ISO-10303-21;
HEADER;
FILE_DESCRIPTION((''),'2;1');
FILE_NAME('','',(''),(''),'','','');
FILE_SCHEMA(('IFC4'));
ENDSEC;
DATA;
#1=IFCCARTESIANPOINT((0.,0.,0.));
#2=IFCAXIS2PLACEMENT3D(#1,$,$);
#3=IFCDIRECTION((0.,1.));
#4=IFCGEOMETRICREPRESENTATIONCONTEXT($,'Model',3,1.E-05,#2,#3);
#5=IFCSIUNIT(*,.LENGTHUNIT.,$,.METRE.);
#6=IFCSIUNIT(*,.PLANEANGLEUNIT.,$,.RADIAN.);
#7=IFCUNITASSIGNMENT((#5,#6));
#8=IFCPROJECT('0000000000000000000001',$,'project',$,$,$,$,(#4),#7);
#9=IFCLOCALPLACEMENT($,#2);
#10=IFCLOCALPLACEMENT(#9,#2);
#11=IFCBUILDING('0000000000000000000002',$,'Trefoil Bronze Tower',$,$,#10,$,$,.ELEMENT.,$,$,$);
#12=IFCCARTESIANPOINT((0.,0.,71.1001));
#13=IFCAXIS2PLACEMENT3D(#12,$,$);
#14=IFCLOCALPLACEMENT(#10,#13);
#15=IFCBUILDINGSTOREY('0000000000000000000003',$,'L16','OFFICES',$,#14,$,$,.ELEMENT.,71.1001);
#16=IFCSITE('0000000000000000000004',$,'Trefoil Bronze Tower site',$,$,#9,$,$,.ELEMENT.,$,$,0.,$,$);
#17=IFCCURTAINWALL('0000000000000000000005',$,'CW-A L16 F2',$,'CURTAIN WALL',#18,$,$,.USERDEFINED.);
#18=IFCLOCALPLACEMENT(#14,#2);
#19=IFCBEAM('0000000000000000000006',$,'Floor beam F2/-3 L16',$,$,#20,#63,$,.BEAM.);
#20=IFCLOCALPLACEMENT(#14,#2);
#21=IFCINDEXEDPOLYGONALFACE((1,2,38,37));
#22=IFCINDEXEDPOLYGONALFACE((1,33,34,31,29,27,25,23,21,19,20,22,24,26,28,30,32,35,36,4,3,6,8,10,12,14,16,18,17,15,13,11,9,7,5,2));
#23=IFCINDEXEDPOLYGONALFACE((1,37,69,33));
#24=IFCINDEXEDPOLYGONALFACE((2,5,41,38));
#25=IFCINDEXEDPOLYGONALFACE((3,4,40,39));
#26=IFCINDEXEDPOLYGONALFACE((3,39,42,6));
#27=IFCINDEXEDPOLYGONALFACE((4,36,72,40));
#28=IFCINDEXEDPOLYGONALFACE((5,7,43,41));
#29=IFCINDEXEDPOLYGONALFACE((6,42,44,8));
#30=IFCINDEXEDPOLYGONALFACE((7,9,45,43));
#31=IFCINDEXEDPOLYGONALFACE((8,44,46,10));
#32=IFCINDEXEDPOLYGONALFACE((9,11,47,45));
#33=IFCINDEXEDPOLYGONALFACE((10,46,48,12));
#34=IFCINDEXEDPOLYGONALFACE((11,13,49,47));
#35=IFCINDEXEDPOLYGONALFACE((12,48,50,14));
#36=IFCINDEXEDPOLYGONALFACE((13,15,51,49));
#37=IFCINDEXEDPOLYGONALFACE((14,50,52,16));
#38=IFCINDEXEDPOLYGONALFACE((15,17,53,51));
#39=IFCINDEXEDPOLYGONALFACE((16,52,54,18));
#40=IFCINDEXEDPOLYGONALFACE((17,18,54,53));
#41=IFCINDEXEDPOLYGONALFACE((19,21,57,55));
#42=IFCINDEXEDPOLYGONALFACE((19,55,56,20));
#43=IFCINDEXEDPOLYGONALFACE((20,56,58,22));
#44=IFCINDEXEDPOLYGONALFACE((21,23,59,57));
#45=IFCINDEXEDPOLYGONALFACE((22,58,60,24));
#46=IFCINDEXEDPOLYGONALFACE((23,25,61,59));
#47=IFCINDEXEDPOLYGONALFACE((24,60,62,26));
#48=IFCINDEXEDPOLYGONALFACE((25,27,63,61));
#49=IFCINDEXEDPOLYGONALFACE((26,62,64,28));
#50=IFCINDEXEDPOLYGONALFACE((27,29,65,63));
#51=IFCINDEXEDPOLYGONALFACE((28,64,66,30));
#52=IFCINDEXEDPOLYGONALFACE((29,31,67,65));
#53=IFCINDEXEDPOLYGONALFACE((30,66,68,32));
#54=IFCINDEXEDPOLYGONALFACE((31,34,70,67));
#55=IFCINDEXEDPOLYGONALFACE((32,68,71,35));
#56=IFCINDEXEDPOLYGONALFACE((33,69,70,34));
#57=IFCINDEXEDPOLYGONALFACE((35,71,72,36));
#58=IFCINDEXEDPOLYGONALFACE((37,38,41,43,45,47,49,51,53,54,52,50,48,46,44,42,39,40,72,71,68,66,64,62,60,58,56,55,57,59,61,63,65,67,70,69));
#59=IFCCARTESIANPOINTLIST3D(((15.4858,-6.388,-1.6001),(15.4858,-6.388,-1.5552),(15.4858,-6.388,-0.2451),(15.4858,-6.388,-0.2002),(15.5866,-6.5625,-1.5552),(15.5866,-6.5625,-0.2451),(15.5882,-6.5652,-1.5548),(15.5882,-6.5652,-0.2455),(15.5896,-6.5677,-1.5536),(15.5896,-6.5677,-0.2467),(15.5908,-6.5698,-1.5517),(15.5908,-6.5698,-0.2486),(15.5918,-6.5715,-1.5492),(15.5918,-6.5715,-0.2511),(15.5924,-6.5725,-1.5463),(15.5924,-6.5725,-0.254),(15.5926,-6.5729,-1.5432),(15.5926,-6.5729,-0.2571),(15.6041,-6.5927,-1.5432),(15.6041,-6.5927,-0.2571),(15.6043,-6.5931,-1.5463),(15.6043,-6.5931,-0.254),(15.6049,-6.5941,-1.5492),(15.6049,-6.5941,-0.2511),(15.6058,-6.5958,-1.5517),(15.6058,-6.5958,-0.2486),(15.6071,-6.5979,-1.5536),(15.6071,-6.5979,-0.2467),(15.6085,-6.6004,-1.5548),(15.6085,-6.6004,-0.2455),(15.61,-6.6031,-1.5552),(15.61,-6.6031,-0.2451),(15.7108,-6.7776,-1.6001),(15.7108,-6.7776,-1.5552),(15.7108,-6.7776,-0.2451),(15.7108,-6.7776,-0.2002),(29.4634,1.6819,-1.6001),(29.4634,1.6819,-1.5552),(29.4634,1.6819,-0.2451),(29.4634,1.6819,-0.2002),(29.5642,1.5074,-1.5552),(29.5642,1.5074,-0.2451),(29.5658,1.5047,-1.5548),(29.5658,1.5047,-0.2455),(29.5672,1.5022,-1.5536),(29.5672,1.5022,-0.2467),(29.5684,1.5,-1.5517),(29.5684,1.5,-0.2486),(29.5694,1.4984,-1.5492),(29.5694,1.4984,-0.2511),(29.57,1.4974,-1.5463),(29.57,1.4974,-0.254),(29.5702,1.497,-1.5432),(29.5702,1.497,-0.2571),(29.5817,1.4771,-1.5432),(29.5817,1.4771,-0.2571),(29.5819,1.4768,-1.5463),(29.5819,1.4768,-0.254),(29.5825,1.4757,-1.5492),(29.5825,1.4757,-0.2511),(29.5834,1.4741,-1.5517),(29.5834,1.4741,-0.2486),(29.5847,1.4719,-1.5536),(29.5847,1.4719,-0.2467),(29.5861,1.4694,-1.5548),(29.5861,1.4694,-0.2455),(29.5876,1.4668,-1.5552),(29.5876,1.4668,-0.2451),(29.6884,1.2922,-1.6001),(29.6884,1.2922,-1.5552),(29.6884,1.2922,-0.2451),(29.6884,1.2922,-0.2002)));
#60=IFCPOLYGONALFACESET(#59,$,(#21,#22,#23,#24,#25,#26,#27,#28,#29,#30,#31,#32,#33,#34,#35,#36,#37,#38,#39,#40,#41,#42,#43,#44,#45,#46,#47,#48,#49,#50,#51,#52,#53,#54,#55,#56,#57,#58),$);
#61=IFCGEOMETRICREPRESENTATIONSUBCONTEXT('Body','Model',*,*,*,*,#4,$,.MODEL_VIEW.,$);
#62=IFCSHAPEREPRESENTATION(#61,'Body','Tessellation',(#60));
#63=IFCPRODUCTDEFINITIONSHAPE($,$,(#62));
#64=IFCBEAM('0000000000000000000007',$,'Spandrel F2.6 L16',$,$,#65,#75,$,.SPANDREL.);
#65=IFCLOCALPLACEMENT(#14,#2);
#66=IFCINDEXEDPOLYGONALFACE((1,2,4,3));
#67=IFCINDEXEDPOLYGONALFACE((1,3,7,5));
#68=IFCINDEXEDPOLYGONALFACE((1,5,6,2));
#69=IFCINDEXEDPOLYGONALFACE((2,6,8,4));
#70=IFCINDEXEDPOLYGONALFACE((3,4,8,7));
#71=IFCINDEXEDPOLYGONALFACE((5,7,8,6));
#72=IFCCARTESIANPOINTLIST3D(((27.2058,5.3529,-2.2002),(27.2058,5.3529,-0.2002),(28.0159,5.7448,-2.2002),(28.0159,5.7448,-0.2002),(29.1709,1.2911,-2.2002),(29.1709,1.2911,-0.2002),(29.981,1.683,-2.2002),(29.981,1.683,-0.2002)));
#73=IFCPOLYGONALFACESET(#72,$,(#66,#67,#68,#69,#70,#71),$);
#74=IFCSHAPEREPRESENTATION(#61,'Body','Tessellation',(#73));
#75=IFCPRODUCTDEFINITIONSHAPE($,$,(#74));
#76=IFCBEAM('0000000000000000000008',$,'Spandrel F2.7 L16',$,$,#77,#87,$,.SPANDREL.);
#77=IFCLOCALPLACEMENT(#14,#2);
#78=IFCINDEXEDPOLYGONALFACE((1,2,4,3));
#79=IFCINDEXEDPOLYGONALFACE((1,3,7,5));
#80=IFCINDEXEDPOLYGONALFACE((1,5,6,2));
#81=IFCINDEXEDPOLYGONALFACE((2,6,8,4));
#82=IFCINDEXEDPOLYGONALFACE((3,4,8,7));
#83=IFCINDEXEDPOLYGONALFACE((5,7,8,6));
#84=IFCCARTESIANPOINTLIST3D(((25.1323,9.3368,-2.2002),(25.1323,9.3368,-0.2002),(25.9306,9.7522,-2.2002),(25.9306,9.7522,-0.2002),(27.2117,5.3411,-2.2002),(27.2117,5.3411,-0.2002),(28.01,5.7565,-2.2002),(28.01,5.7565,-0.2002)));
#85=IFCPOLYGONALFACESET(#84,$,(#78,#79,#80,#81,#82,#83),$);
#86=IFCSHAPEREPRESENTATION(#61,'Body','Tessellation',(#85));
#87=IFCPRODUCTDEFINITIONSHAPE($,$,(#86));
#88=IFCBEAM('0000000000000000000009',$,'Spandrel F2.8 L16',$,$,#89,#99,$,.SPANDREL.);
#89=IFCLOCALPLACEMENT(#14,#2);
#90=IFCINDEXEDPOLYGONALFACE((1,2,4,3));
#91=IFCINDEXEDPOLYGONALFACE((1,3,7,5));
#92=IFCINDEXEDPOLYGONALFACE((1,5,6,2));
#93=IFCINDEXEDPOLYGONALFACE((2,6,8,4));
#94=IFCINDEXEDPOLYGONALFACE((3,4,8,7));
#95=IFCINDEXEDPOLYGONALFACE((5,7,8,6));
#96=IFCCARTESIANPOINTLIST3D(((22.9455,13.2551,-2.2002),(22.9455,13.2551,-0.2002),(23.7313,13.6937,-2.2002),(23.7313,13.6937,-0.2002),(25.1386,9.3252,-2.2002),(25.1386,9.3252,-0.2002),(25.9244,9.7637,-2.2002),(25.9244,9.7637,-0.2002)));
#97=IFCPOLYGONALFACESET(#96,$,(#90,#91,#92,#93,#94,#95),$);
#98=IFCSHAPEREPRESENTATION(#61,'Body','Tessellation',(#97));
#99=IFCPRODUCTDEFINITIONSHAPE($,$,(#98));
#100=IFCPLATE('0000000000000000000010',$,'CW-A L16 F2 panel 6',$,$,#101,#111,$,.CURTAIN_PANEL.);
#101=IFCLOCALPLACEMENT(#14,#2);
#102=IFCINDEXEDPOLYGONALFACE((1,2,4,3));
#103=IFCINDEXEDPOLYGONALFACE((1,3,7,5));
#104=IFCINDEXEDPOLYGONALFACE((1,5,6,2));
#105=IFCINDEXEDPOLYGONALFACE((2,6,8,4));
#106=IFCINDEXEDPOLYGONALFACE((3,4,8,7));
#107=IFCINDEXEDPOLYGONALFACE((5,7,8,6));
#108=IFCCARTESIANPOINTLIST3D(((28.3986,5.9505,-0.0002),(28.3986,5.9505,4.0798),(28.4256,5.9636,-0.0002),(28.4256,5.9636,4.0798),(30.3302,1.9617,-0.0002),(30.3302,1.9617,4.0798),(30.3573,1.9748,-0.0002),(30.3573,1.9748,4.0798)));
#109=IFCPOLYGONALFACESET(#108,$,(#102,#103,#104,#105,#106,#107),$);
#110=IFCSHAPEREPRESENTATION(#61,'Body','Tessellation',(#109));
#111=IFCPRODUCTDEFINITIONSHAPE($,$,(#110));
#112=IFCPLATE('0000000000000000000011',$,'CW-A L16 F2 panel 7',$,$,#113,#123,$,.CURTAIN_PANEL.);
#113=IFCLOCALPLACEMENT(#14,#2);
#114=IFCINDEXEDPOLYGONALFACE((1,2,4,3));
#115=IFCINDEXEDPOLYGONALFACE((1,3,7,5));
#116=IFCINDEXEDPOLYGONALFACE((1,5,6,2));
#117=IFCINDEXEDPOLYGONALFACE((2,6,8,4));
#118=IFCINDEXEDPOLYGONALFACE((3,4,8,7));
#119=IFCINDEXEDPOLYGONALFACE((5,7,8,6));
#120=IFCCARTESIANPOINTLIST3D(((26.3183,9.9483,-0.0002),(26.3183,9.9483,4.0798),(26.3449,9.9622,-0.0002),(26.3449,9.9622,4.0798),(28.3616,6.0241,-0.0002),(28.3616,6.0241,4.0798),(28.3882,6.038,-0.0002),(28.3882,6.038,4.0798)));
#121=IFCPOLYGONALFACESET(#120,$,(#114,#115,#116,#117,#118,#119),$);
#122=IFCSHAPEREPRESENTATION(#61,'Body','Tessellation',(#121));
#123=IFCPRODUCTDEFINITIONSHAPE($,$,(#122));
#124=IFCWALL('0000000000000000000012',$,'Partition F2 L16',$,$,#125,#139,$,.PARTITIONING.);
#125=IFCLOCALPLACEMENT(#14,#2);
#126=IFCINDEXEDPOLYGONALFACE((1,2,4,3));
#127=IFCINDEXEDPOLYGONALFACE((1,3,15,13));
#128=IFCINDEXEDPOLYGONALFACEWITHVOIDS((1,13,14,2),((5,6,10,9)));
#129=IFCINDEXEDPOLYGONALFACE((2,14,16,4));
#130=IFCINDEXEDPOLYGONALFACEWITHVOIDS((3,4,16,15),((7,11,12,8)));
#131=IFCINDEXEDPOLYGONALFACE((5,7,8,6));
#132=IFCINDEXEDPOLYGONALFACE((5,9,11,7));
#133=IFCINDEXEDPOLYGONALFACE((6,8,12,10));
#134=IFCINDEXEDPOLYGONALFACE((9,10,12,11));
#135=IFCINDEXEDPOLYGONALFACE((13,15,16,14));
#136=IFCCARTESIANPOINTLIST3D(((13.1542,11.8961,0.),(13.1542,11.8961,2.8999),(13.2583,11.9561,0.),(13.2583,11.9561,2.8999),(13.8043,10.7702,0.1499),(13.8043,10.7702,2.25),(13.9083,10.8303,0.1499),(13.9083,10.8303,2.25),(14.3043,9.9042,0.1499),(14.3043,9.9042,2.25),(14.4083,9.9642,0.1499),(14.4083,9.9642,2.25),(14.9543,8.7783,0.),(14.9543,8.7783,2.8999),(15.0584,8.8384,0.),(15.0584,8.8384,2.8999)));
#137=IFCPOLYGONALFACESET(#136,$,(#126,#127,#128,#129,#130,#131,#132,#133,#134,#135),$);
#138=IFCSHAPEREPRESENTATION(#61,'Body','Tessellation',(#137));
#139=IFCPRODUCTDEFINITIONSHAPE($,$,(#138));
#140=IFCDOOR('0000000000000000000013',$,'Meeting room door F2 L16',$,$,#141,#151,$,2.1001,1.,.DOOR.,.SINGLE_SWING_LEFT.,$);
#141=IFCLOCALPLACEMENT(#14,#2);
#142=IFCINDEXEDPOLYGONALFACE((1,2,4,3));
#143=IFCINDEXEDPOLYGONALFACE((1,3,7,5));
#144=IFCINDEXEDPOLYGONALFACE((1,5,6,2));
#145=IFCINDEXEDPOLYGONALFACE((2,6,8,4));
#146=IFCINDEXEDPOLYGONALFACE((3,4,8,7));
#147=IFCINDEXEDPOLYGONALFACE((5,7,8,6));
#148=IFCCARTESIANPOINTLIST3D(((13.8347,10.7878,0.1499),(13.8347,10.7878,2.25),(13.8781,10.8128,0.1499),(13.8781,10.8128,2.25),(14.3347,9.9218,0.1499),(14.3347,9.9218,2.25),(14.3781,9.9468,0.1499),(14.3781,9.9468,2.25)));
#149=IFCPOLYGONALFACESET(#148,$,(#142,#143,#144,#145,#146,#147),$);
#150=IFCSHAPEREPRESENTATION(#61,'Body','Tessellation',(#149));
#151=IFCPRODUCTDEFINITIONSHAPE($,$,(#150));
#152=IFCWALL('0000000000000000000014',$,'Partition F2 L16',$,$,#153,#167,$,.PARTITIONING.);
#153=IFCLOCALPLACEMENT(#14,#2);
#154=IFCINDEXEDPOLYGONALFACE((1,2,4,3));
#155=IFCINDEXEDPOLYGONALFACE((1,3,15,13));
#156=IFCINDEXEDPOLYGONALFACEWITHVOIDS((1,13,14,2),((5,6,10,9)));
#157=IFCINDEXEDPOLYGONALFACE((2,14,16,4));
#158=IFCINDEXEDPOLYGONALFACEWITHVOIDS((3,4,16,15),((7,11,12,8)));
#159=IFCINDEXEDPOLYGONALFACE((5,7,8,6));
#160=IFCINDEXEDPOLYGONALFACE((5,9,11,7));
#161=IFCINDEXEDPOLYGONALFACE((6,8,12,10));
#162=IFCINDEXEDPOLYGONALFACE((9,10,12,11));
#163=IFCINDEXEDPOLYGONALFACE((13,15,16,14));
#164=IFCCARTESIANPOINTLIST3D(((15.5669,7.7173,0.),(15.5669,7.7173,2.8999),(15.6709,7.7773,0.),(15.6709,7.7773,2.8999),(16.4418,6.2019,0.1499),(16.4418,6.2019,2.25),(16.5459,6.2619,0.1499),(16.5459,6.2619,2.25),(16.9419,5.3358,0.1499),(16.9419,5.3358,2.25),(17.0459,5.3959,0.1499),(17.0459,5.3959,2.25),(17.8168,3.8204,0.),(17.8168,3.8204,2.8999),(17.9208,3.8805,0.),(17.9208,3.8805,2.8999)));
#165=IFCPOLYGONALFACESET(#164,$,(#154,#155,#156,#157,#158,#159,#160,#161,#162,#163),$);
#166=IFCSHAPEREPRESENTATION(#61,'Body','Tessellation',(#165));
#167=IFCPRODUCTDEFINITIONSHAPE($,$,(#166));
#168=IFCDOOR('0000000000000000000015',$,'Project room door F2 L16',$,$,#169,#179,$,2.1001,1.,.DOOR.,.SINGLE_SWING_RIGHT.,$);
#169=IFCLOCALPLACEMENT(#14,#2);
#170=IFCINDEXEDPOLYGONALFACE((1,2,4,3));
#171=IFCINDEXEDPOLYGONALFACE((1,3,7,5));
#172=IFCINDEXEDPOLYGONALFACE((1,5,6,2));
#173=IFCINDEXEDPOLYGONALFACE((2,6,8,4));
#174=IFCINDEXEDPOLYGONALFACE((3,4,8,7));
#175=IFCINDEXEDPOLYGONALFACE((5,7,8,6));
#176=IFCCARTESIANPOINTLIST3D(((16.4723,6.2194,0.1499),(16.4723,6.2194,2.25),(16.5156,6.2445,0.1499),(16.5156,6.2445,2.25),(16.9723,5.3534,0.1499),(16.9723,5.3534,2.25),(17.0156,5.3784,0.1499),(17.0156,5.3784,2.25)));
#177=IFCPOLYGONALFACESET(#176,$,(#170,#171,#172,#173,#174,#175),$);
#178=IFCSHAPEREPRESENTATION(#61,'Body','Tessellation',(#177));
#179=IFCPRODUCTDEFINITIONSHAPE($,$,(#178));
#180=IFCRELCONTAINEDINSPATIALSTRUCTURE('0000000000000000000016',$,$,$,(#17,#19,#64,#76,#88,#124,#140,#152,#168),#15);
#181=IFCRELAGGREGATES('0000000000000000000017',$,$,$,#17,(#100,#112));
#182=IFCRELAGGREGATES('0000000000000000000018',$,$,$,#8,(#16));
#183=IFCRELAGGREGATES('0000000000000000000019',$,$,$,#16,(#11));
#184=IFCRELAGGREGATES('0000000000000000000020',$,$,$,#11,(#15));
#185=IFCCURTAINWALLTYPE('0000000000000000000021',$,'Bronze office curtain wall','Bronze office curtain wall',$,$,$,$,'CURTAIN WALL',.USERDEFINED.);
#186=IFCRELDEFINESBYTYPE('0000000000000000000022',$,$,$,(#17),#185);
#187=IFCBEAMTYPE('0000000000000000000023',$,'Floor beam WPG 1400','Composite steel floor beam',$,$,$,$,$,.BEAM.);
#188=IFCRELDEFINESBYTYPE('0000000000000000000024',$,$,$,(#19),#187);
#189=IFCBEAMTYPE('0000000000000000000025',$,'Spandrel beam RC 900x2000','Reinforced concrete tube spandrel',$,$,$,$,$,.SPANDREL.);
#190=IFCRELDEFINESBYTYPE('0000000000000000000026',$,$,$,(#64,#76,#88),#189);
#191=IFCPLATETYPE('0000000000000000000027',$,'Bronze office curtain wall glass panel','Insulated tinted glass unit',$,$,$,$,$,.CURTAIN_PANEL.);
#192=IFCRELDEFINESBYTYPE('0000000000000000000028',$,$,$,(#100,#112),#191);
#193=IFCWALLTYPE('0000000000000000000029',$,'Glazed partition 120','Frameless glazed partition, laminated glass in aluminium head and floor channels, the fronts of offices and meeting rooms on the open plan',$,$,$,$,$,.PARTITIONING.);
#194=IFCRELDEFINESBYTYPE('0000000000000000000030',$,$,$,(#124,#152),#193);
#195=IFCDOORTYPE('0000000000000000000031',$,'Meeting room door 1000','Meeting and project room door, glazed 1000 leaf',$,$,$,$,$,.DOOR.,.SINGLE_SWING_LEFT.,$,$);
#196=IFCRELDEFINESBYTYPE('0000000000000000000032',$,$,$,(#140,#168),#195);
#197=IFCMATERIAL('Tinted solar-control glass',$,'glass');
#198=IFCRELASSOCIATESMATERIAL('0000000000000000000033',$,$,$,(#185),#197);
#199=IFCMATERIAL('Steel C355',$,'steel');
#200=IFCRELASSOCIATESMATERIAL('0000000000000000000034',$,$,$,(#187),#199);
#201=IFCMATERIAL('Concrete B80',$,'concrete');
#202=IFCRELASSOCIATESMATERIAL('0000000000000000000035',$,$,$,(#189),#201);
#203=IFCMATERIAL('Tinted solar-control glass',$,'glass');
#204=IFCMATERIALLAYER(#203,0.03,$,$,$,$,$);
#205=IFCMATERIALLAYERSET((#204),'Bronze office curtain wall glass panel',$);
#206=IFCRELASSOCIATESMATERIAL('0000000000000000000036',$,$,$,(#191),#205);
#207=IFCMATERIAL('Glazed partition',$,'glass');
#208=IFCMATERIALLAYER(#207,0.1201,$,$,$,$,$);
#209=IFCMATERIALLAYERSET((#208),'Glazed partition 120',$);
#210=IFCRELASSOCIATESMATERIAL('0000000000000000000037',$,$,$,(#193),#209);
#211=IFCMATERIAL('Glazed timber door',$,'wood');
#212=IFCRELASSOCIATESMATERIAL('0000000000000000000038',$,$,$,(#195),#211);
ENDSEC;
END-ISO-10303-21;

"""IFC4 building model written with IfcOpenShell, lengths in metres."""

from ifc_helpers import new_model, si_unit, direction, frame, frame_2d, origin, origin_2d, place, context, subcontext, project, spatial, rectangle, i_section, extrude, material, layer, layer_set, material_profile, profile_set, type_object, element, fill, aggregate, save


model = new_model("IFC4")

# Units and contexts
model_context = context("Model", 3, precision=1e-05, world=origin(), true_north=direction((0.0, 1.0)))
body_context = subcontext(model_context, "Body", "Model", "MODEL_VIEW")
ifc_project = project(units=[si_unit("LENGTHUNIT", "METRE"), si_unit("PLANEANGLEUNIT", "RADIAN")], contexts=[model_context])

# Site, building, storey
site_placement = place(None, origin())
site = spatial("IfcSite", under=ifc_project, at=site_placement, Name="Trefoil Bronze Tower site", CompositionType="ELEMENT", RefElevation=0.0)
building_placement = place(site_placement, origin())
building = spatial("IfcBuilding", under=site, at=building_placement, Name="Trefoil Bronze Tower", CompositionType="ELEMENT")
storey_placement = place(building_placement, frame((0.0, 0.0, 71.1001)))
storey = spatial("IfcBuildingStorey", under=building, at=storey_placement, Name="L16", Description="OFFICES", CompositionType="ELEMENT", Elevation=71.1001)

# Curtain wall
ifc_material_1 = material(Name="Tinted solar-control glass", Category="glass")
curtain_wall_type = type_object("IfcCurtainWallType", Name="Bronze office curtain wall", Description="Bronze office curtain wall", ElementType="CURTAIN WALL", PredefinedType="USERDEFINED", material=ifc_material_1)
curtain_wall_placement = place(storey_placement, origin())
curtain_wall = element("IfcCurtainWall", 1, at=curtain_wall_placement, inside=storey, type_object=curtain_wall_type, Name="CW-A L16 F2", ObjectType="CURTAIN WALL", PredefinedType="USERDEFINED")

# Beams
ifc_material_2 = material(Name="Steel C355", Category="steel")
ifc_material_profile_1 = material_profile(ifc_material_2, i_section(OverallWidth=0.45, OverallDepth=1.3999, WebThickness=0.0229, FlangeThickness=0.0449, FilletRadius=0.012, at=origin_2d()), Name="WPG 1400")
ifc_profile_set_1 = profile_set([ifc_material_profile_1], Name="Steel C355")
beam_type_1 = type_object("IfcBeamType", Name="Floor beam WPG 1400", Description="Composite steel floor beam", PredefinedType="BEAM", material=ifc_profile_set_1)
beam_1_placement = place(storey_placement, frame((29.5759, 1.4871, -0.9001), z_axis=(-0.866028, -0.499995, 0.0), x_axis=(0.499995, -0.866028, 0.0)))
element("IfcBeam", 2, at=beam_1_placement, inside=storey, type_object=beam_type_1, Name="Floor beam F2/-3 L16", PredefinedType="BEAM", context=body_context, shape_type="SweptSolid", body=[
    extrude(i_section(OverallWidth=0.45, OverallDepth=1.3999, WebThickness=0.0229, FlangeThickness=0.0449, FilletRadius=0.012, at=origin_2d()), origin(), (0.0, 0.0, 1.0), 16.1399),
])
ifc_material_3 = material(Name="Concrete B80", Category="concrete")
ifc_material_profile_2 = material_profile(ifc_material_3, rectangle(XDim=0.8999, YDim=2.0, at=origin_2d()), Name="RC 900x2000")
ifc_profile_set_2 = profile_set([ifc_material_profile_2], Name="Concrete B80")
beam_type_2 = type_object("IfcBeamType", Name="Spandrel beam RC 900x2000", Description="Reinforced concrete tube spandrel", PredefinedType="SPANDREL", material=ifc_profile_set_2)
beam_2_placement = place(storey_placement, frame((29.5759, 1.4871, -1.2002), z_axis=(-0.43551, 0.900184, 0.0), x_axis=(-0.900184, -0.43551, 0.0)))
element("IfcBeam", 3, at=beam_2_placement, inside=storey, type_object=beam_type_2, Name="Spandrel F2.6 L16", PredefinedType="SPANDREL", context=body_context, shape_type="SweptSolid", body=[
    extrude(rectangle(XDim=0.8999, YDim=2.0, at=origin_2d()), origin(), (0.0, 0.0, 1.0), 4.5122),
])
beam_3_placement = place(storey_placement, frame((27.6108, 5.5488, -1.2002), z_axis=(-0.461638, 0.887069, 0.0), x_axis=(-0.887069, -0.461638, 0.0)))
element("IfcBeam", 4, at=beam_3_placement, inside=storey, type_object=beam_type_2, Name="Spandrel F2.7 L16", PredefinedType="SPANDREL", context=body_context, shape_type="SweptSolid", body=[
    extrude(rectangle(XDim=0.8999, YDim=2.0, at=origin_2d()), origin(), (0.0, 0.0, 1.0), 4.5044),
])
beam_4_placement = place(storey_placement, frame((25.5315, 9.5444, -1.2002), z_axis=(-0.487309, 0.873229, 0.0), x_axis=(-0.873229, -0.487309, 0.0)))
element("IfcBeam", 5, at=beam_4_placement, inside=storey, type_object=beam_type_2, Name="Spandrel F2.8 L16", PredefinedType="SPANDREL", context=body_context, shape_type="SweptSolid", body=[
    extrude(rectangle(XDim=0.8999, YDim=2.0, at=origin_2d()), origin(), (0.0, 0.0, 1.0), 4.5005),
])

# Plates
ifc_material_4 = material(Name="Tinted solar-control glass", Category="glass")
ifc_layer_1 = layer(ifc_material_4, 0.03)
ifc_layer_set_1 = layer_set([ifc_layer_1], Name="Bronze office curtain wall glass panel")
plate_type = type_object("IfcPlateType", Name="Bronze office curtain wall glass panel", Description="Insulated tinted glass unit", PredefinedType="CURTAIN_PANEL", material=ifc_layer_set_1)
plate_1_placement = place(storey_placement, frame((29.3779, 3.9626, -0.0002), z_axis=(0.0, 0.0, 1.0), x_axis=(-0.435855, 0.900017, 0.0)))
plate_1 = element("IfcPlate", 6, at=plate_1_placement, type_object=plate_type, Name="CW-A L16 F2 panel 6", PredefinedType="CURTAIN_PANEL", context=body_context, shape_type="SweptSolid", body=[
    extrude(rectangle(XDim=4.4319, YDim=0.03, at=origin_2d()), origin(), (0.0, 0.0, 1.0), 4.0801),
])
plate_2_placement = place(storey_placement, frame((27.3533, 7.9932, -0.0002), z_axis=(0.0, 0.0, 1.0), x_axis=(-0.46183, 0.886969, 0.0)))
plate_2 = element("IfcPlate", 7, at=plate_2_placement, type_object=plate_type, Name="CW-A L16 F2 panel 7", PredefinedType="CURTAIN_PANEL", context=body_context, shape_type="SweptSolid", body=[
    extrude(rectangle(XDim=4.4243, YDim=0.03, at=origin_2d()), origin(), (0.0, 0.0, 1.0), 4.0801),
])
aggregate(curtain_wall, [plate_1, plate_2])

# Walls, openings, doors
ifc_material_5 = material(Name="Glazed partition", Category="glass")
ifc_layer_2 = layer(ifc_material_5, 0.1201)
ifc_layer_set_2 = layer_set([ifc_layer_2], Name="Glazed partition 120")
wall_type_1 = type_object("IfcWallType", Name="Glazed partition 120", Description="Frameless glazed partition, laminated glass in aluminium head and floor channels, the fronts of offices and meeting rooms on the open plan", PredefinedType="PARTITIONING", material=ifc_layer_set_2)
wall_1_placement = place(storey_placement, frame((15.0063, 8.8083, 0.0), z_axis=(0.0, 0.0, 1.0), x_axis=(-0.500012, 0.866018, 0.0)))
wall_1 = element("IfcWall", 8, at=wall_1_placement, inside=storey, type_object=wall_type_1, Name="Partition F2 L16", PredefinedType="PARTITIONING", context=body_context, shape_type="SweptSolid", body=[
    extrude(rectangle(XDim=3.6001, YDim=0.1201, at=frame_2d((1.8, 0.0))), origin(), (0.0, 0.0, 1.0), 2.8999),
])
opening_1_placement = place(wall_1_placement, frame((1.3, 0.0, 0.1499)))
opening_1 = element("IfcOpeningElement", 9, at=opening_1_placement, cuts=wall_1, PredefinedType="OPENING", context=body_context, shape_type="SweptSolid", body=[
    extrude(rectangle(XDim=1.0, YDim=2.1001, at=frame_2d((0.5, 1.05))), frame((0.0, 0.0701, 0.0), z_axis=(0.0, -1.0, 0.0), x_axis=(1.0, 0.0, 0.0)), (0.0, 0.0, 1.0), 0.1401),
])
ifc_material_6 = material(Name="Glazed timber door", Category="wood")
door_type = type_object("IfcDoorType", Name="Meeting room door 1000", Description="Meeting and project room door, glazed 1000 leaf", OperationType="SINGLE_SWING_LEFT", PredefinedType="DOOR", material=ifc_material_6)
door_1_placement = place(opening_1_placement, origin())
door_1 = element("IfcDoor", 10, at=door_1_placement, inside=storey, type_object=door_type, Name="Meeting room door F2 L16", OperationType="SINGLE_SWING_LEFT", OverallHeight=2.1001, OverallWidth=1.0, PredefinedType="DOOR", context=body_context, shape_type="SweptSolid", body=[
    extrude(rectangle(XDim=1.0, YDim=2.1001, at=frame_2d((0.5, 1.05))), frame((0.0, 0.0249, 0.0), z_axis=(0.0, -1.0, 0.0), x_axis=(1.0, 0.0, 0.0)), (0.0, 0.0, 1.0), 0.05),
])
fill(opening_1, door_1)
wall_2_placement = place(storey_placement, frame((17.8689, 3.8503, 0.0), z_axis=(0.0, 0.0, 1.0), x_axis=(-0.500014, 0.866018, 0.0)))
wall_2 = element("IfcWall", 11, at=wall_2_placement, inside=storey, type_object=wall_type_1, Name="Partition F2 L16", PredefinedType="PARTITIONING", context=body_context, shape_type="SweptSolid", body=[
    extrude(rectangle(XDim=4.4998, YDim=0.1201, at=frame_2d((2.25, 0.0))), origin(), (0.0, 0.0, 1.0), 2.8999),
])
opening_2_placement = place(wall_2_placement, frame((1.75, 0.0, 0.1499)))
opening_2 = element("IfcOpeningElement", 12, at=opening_2_placement, cuts=wall_2, PredefinedType="OPENING", context=body_context, shape_type="SweptSolid", body=[
    extrude(rectangle(XDim=1.0, YDim=2.1001, at=frame_2d((0.5, 1.05))), frame((0.0, 0.0701, 0.0), z_axis=(0.0, -1.0, 0.0), x_axis=(1.0, 0.0, 0.0)), (0.0, 0.0, 1.0), 0.1401),
])
door_2_placement = place(opening_2_placement, origin())
door_2 = element("IfcDoor", 13, at=door_2_placement, inside=storey, type_object=door_type, Name="Project room door F2 L16", OperationType="SINGLE_SWING_RIGHT", OverallHeight=2.1001, OverallWidth=1.0, PredefinedType="DOOR", context=body_context, shape_type="SweptSolid", body=[
    extrude(rectangle(XDim=1.0, YDim=2.1001, at=frame_2d((0.5, 1.05))), frame((0.0, 0.0249, 0.0), z_axis=(0.0, -1.0, 0.0), x_axis=(1.0, 0.0, 0.0)), (0.0, 0.0, 1.0), 0.05),
])
fill(opening_2, door_2)

save(model, "model.ifc")
